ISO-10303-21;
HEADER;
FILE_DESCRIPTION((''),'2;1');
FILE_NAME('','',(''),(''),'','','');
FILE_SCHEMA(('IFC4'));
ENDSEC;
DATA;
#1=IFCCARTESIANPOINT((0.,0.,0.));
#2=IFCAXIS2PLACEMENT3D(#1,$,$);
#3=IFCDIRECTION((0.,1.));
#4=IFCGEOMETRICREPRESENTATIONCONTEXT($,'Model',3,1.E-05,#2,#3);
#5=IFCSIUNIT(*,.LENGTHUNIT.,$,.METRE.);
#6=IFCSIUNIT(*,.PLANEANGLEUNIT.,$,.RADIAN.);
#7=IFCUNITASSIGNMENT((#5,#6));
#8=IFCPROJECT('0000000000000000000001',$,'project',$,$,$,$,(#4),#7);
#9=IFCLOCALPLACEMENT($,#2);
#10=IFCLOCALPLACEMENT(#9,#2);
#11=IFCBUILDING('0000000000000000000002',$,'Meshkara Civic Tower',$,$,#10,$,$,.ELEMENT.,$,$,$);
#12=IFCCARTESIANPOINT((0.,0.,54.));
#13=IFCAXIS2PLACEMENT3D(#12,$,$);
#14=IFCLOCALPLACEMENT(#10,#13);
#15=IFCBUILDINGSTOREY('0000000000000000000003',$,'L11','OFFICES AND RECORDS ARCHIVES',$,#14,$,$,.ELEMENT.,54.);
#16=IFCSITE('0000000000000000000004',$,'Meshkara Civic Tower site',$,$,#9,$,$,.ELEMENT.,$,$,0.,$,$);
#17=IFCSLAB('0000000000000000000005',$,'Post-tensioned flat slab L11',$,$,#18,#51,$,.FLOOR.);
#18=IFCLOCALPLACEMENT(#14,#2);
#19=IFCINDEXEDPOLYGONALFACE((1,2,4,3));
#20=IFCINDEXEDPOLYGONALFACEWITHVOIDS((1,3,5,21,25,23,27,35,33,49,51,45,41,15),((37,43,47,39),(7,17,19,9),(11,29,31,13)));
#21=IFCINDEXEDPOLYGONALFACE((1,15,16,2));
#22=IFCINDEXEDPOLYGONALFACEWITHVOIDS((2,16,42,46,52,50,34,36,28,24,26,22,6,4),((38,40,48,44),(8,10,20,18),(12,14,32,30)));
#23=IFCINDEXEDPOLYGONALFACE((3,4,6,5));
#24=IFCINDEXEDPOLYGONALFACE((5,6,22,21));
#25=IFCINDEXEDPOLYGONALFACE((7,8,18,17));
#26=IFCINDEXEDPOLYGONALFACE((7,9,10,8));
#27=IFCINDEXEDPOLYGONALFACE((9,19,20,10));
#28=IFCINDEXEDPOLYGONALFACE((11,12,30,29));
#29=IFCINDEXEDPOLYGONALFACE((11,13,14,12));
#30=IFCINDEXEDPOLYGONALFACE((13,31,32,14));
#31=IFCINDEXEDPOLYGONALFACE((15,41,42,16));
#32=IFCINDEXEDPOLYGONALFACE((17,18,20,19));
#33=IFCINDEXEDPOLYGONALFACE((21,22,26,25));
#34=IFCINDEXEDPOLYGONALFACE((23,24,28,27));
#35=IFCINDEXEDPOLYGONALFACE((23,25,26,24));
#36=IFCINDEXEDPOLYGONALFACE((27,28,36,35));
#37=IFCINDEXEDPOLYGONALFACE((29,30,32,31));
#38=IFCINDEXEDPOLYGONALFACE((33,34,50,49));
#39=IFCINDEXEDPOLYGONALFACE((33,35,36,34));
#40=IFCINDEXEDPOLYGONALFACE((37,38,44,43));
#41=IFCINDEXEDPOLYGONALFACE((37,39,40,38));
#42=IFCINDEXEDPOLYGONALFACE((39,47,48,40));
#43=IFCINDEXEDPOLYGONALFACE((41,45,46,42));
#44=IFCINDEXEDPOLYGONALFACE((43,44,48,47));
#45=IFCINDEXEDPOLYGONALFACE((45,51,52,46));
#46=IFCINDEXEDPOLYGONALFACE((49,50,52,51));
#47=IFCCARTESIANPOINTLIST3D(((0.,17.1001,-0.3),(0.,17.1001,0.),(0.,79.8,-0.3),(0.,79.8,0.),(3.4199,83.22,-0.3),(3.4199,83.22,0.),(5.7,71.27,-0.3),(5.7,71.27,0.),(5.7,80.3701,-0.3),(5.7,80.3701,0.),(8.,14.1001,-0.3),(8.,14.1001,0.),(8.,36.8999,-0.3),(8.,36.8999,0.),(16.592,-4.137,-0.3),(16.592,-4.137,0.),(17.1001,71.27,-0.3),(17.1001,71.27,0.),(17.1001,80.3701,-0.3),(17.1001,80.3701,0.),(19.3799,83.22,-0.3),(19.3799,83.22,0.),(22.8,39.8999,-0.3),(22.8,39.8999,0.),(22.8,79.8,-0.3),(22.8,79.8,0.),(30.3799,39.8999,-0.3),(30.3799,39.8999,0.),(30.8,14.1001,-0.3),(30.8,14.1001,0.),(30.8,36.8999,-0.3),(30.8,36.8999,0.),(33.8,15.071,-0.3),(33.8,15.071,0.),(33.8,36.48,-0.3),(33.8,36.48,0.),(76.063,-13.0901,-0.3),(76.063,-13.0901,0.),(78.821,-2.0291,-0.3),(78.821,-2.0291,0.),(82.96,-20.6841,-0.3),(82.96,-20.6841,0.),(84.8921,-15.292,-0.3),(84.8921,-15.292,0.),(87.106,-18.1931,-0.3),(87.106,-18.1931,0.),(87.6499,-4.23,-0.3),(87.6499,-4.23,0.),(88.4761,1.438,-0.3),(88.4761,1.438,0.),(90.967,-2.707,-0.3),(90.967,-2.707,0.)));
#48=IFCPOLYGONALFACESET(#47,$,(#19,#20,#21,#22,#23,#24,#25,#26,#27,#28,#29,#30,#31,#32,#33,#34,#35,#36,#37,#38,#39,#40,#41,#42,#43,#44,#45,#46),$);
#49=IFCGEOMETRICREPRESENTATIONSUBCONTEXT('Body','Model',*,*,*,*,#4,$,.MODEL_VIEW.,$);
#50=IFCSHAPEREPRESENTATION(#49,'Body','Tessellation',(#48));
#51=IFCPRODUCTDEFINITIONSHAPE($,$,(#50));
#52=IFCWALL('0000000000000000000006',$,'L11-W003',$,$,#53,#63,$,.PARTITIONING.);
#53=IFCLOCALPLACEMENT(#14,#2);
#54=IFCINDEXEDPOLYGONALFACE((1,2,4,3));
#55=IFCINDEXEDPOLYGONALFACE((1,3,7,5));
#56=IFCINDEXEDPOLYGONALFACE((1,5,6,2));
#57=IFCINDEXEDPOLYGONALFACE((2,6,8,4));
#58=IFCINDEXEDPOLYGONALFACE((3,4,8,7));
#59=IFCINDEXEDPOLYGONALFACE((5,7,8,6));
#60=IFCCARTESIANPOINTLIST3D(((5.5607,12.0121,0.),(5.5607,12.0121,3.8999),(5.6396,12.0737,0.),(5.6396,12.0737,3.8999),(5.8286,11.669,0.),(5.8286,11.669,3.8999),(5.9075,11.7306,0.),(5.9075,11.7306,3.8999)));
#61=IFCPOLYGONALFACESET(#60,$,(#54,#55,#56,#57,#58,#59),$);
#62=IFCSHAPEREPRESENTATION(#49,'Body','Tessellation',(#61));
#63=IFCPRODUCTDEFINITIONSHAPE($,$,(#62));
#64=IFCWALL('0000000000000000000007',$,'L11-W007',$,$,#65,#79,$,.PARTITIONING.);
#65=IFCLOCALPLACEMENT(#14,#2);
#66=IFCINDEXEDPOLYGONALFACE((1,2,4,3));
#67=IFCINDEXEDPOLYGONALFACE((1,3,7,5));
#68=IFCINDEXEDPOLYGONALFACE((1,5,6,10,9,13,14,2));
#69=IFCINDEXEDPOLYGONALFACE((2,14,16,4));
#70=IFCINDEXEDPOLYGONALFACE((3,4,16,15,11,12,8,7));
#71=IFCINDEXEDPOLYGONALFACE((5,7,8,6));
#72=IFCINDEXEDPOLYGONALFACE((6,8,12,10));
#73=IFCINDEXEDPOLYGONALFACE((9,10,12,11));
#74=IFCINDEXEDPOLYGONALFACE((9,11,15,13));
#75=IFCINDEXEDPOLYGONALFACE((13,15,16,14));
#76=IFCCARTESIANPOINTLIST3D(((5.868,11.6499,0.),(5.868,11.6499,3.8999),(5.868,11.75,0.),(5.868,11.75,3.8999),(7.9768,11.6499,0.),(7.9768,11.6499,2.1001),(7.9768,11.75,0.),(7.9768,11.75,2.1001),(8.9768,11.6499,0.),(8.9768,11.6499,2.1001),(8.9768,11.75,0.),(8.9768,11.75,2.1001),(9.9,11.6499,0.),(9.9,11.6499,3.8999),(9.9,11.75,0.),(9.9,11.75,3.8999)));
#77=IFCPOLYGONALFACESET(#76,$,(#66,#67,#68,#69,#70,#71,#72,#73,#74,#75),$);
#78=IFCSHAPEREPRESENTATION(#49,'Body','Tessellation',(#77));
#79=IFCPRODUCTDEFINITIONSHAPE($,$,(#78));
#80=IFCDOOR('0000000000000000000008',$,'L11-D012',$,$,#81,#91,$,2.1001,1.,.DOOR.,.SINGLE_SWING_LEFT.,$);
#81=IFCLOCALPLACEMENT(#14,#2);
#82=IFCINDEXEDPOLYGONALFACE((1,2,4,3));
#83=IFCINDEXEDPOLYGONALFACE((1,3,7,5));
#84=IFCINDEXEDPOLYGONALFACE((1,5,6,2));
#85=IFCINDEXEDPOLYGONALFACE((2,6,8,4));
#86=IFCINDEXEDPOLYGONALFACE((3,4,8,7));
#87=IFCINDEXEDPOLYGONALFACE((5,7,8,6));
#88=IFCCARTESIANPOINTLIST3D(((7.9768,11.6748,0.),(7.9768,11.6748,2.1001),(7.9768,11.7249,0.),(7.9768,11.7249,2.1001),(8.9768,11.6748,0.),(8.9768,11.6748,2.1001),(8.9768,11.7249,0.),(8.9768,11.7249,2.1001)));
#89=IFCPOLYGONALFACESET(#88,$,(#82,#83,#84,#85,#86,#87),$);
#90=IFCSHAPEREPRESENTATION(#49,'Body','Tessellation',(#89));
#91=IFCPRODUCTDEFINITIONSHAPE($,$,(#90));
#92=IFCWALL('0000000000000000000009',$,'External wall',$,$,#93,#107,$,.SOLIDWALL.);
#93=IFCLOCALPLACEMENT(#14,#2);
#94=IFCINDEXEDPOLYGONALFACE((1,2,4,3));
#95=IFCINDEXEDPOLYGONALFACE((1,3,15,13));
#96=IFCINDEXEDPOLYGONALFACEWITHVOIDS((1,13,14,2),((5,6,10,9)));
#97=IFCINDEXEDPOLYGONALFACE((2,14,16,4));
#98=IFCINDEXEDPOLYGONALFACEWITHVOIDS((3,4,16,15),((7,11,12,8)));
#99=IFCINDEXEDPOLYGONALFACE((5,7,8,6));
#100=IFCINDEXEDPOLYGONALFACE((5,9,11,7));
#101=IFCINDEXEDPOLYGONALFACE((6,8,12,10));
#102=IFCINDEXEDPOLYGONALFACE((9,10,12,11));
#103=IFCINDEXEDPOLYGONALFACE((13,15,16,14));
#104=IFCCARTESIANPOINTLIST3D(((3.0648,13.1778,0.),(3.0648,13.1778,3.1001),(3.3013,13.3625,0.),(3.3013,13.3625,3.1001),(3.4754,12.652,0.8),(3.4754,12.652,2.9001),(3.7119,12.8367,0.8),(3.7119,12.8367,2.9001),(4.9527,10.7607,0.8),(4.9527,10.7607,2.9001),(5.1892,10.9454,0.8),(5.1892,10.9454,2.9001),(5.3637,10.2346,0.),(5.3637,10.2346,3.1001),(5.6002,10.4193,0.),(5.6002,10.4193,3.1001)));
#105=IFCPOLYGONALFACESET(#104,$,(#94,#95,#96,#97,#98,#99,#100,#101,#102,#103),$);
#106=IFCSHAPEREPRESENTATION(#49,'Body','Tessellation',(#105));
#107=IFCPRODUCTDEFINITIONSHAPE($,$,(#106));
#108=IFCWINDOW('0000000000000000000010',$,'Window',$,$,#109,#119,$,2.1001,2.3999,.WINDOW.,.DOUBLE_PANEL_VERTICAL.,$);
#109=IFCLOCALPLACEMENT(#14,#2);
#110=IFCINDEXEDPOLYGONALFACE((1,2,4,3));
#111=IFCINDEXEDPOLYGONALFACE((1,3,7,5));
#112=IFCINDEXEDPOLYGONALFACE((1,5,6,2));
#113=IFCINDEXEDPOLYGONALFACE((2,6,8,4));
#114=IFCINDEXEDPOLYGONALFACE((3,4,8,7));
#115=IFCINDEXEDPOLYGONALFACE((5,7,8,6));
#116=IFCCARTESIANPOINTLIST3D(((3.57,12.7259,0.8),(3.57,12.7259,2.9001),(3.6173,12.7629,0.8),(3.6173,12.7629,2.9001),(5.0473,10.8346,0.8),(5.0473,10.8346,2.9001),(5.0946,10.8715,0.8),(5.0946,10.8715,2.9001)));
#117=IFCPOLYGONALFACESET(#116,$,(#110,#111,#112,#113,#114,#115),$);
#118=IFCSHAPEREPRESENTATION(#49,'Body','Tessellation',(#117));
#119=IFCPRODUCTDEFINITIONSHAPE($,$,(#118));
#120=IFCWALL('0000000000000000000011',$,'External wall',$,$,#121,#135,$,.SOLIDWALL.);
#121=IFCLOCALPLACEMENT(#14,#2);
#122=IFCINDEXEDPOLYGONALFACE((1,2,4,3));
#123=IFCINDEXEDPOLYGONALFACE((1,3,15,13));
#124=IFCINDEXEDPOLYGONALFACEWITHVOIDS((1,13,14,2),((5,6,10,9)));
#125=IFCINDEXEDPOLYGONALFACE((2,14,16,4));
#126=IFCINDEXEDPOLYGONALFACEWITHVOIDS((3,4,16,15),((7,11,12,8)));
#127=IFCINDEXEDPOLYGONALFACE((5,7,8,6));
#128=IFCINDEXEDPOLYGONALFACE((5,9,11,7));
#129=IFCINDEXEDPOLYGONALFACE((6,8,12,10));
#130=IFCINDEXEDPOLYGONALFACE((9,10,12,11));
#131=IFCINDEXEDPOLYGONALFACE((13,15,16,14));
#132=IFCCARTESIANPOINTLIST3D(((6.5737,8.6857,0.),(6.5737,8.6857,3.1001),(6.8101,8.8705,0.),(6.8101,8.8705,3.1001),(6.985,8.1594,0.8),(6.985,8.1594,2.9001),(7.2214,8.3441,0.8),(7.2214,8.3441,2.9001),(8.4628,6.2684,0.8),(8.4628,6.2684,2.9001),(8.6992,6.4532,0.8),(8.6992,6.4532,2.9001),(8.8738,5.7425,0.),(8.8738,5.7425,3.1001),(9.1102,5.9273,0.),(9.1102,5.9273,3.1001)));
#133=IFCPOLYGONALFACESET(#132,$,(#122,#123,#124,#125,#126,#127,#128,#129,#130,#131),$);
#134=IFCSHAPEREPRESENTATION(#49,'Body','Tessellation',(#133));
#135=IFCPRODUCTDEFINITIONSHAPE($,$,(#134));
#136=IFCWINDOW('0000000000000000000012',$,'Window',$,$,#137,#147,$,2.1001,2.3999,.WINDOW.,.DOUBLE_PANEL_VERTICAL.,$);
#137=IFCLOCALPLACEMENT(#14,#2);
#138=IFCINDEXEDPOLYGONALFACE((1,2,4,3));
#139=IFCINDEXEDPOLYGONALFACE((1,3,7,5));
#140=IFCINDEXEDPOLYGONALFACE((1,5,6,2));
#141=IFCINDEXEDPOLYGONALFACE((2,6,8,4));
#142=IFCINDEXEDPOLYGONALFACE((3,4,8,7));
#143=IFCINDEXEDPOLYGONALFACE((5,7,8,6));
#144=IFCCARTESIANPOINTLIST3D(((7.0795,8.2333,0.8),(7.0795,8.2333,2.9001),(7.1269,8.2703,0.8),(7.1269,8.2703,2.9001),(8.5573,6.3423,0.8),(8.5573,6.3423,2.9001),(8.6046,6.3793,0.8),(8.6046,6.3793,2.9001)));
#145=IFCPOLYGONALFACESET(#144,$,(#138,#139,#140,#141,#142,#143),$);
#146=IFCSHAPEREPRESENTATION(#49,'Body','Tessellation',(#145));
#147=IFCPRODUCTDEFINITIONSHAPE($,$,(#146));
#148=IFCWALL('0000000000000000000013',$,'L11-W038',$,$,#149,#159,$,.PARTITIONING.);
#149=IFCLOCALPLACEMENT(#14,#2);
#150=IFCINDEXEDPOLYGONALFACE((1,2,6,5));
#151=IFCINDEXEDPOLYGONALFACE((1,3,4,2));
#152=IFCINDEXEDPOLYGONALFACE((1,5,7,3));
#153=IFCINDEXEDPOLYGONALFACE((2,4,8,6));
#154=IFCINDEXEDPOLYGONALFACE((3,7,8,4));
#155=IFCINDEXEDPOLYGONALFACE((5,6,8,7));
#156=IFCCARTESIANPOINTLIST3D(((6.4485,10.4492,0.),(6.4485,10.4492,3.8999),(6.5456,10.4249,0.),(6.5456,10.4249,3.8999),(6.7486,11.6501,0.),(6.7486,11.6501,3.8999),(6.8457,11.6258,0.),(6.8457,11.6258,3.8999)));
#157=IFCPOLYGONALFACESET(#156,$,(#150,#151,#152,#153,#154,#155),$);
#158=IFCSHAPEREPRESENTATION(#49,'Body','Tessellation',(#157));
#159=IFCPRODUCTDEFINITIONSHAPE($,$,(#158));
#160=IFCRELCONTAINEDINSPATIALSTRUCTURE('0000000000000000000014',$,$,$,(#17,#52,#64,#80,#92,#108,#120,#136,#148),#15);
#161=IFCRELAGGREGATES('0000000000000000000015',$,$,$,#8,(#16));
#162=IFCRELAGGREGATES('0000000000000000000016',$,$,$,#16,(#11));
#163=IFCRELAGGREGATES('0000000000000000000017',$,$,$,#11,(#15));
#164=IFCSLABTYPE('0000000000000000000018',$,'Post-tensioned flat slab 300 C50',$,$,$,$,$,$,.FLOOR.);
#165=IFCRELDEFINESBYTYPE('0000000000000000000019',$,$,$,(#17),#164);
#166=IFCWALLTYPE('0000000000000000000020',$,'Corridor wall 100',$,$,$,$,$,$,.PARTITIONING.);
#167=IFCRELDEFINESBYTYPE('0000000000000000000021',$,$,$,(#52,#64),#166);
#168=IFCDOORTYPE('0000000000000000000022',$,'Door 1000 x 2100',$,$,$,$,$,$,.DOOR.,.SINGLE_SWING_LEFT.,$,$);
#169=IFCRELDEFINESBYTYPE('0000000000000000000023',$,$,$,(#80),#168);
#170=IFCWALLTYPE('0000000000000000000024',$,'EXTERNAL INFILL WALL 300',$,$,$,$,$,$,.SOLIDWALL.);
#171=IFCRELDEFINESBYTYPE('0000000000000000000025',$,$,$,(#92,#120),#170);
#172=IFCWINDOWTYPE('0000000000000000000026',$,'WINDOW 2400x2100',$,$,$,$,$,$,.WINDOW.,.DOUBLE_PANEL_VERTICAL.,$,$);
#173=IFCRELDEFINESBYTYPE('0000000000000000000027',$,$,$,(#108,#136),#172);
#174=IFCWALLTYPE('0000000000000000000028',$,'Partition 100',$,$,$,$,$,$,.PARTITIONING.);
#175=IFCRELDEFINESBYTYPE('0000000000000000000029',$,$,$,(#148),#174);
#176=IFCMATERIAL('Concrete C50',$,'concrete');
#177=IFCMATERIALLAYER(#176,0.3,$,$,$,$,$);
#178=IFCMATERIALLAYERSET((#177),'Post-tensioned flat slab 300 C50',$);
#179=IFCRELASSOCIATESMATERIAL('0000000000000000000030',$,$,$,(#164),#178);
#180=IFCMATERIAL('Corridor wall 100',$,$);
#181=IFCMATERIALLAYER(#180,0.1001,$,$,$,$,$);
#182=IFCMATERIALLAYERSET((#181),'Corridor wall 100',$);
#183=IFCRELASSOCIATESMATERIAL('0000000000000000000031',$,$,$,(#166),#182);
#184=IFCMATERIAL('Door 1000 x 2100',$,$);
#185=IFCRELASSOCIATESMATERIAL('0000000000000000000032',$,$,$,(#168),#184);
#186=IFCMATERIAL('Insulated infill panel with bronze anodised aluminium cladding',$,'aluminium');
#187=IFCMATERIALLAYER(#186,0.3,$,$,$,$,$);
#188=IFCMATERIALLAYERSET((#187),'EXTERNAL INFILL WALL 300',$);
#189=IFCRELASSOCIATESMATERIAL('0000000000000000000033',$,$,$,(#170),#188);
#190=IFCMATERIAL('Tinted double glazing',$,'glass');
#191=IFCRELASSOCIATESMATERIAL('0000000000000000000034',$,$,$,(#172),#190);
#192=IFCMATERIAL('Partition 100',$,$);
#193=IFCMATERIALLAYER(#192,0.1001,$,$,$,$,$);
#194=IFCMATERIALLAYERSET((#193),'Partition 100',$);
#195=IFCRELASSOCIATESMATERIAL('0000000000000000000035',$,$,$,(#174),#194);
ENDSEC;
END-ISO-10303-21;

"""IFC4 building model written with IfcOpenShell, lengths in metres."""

from ifc_helpers import new_model, si_unit, direction, frame, frame_2d, origin, place, context, subcontext, project, spatial, polyline, rectangle, outline, extrude, material, layer, layer_set, type_object, element, fill, save


model = new_model("IFC4")

# Units and contexts
model_context = context("Model", 3, precision=1e-05, world=origin(), true_north=direction((0.0, 1.0)))
body_context = subcontext(model_context, "Body", "Model", "MODEL_VIEW")
ifc_project = project(units=[si_unit("LENGTHUNIT", "METRE"), si_unit("PLANEANGLEUNIT", "RADIAN")], contexts=[model_context])

# Site, building, storey
site_placement = place(None, origin())
site = spatial("IfcSite", under=ifc_project, at=site_placement, Name="Meshkara Civic Tower site", CompositionType="ELEMENT", RefElevation=0.0)
building_placement = place(site_placement, origin())
building = spatial("IfcBuilding", under=site, at=building_placement, Name="Meshkara Civic Tower", CompositionType="ELEMENT")
storey_placement = place(building_placement, frame((0.0, 0.0, 54.0)))
storey = spatial("IfcBuildingStorey", under=building, at=storey_placement, Name="L11", Description="OFFICES AND RECORDS ARCHIVES", CompositionType="ELEMENT", Elevation=54.0)

# Slab
ifc_material_1 = material(Name="Concrete C50", Category="concrete")
ifc_layer_1 = layer(ifc_material_1, 0.3)
ifc_layer_set_1 = layer_set([ifc_layer_1], Name="Post-tensioned flat slab 300 C50")
slab_type_1 = type_object("IfcSlabType", Name="Post-tensioned flat slab 300 C50", PredefinedType="FLOOR", material=ifc_layer_set_1)
slab_1_placement = place(storey_placement, frame((0.0, 0.0, -0.3)))
element("IfcSlab", 1, at=slab_1_placement, inside=storey, type_object=slab_type_1, Name="Post-tensioned flat slab L11", PredefinedType="FLOOR", context=body_context, shape_type="SweptSolid", body=[
    extrude(outline(polyline([(87.106, -18.1931), (82.96, -20.6841), (16.592, -4.137), (0.0, 17.1001), (0.0, 79.8), (3.4199, 83.22), (19.3799, 83.22), (22.8, 79.8), (22.8, 39.8999), (30.3799, 39.8999), (33.8, 36.48), (33.8, 15.071), (88.4761, 1.438), (90.967, -2.707), (87.106, -18.1931)]), holes=[polyline([(84.8921, -15.292), (87.6499, -4.23), (78.821, -2.0291), (76.063, -13.0901), (84.8921, -15.292)]), polyline([(8.0, 14.1001), (30.8, 14.1001), (30.8, 36.8999), (8.0, 36.8999), (8.0, 14.1001)]), polyline([(5.7, 80.3701), (5.7, 71.27), (17.1001, 71.27), (17.1001, 80.3701), (5.7, 80.3701)])]), origin(), (0.0, 0.0, 1.0), 0.3),
])

# Wall
ifc_material_2 = material(Name="Corridor wall 100")
ifc_layer_2 = layer(ifc_material_2, 0.1001)
ifc_layer_set_2 = layer_set([ifc_layer_2], Name="Corridor wall 100")
wall_type_1 = type_object("IfcWallType", Name="Corridor wall 100", PredefinedType="PARTITIONING", material=ifc_layer_set_2)
wall_1_placement = place(storey_placement, frame((5.6001, 12.043, 0.0), z_axis=(0.0, 0.0, 1.0), x_axis=(0.615415, -0.788203, 0.0)))
element("IfcWall", 2, at=wall_1_placement, inside=storey, type_object=wall_type_1, Name="L11-W003", PredefinedType="PARTITIONING", context=body_context, shape_type="SweptSolid", body=[
    extrude(rectangle(XDim=0.4353, YDim=0.1001, at=frame_2d((0.2178, 0.0))), origin(), (0.0, 0.0, 1.0), 3.8999),
])

# Wall, opening, door
wall_2_placement = place(storey_placement, frame((5.8679, 11.7, 0.0), z_axis=(0.0, 0.0, 1.0), x_axis=(1.0, 0.0, 0.0)))
wall_2 = element("IfcWall", 3, at=wall_2_placement, inside=storey, type_object=wall_type_1, Name="L11-W007", PredefinedType="PARTITIONING", context=body_context, shape_type="SweptSolid", body=[
    extrude(rectangle(XDim=4.032, YDim=0.1001, at=frame_2d((2.0161, 0.0))), origin(), (0.0, 0.0, 1.0), 3.8999),
])
opening_1_placement = place(wall_2_placement, frame((2.1089, 0.0, 0.0)))
opening_1 = element("IfcOpeningElement", 4, at=opening_1_placement, cuts=wall_2, PredefinedType="OPENING", context=body_context, shape_type="SweptSolid", body=[
    extrude(rectangle(XDim=1.0, YDim=2.1001, at=frame_2d((0.5, 1.05))), frame((0.0, 0.0601, 0.0), z_axis=(0.0, -1.0, 0.0), x_axis=(1.0, 0.0, 0.0)), (0.0, 0.0, 1.0), 0.1201),
])
ifc_material_3 = material(Name="Door 1000 x 2100")
door_type = type_object("IfcDoorType", Name="Door 1000 x 2100", OperationType="SINGLE_SWING_LEFT", PredefinedType="DOOR", material=ifc_material_3)
door_placement = place(opening_1_placement, origin())
door = element("IfcDoor", 5, at=door_placement, inside=storey, type_object=door_type, Name="L11-D012", OperationType="SINGLE_SWING_LEFT", OverallHeight=2.1001, OverallWidth=1.0, PredefinedType="DOOR", context=body_context, shape_type="SweptSolid", body=[
    extrude(rectangle(XDim=1.0, YDim=2.1001, at=frame_2d((0.5, 1.05))), frame((0.0, 0.0249, 0.0), z_axis=(0.0, -1.0, 0.0), x_axis=(1.0, 0.0, 0.0)), (0.0, 0.0, 1.0), 0.05),
])
fill(opening_1, door)

# Walls, openings, windows
ifc_material_4 = material(Name="Insulated infill panel with bronze anodised aluminium cladding", Category="aluminium")
ifc_layer_3 = layer(ifc_material_4, 0.3)
ifc_layer_set_3 = layer_set([ifc_layer_3], Name="EXTERNAL INFILL WALL 300")
wall_type_2 = type_object("IfcWallType", Name="EXTERNAL INFILL WALL 300", PredefinedType="SOLIDWALL", material=ifc_layer_set_3)
wall_3_placement = place(storey_placement, frame((3.1831, 13.27, 0.0), z_axis=(0.0, 0.0, 1.0), x_axis=(0.615564, -0.788087, 0.0)))
wall_3 = element("IfcWall", 6, at=wall_3_placement, inside=storey, type_object=wall_type_2, Name="External wall", PredefinedType="SOLIDWALL", context=body_context, shape_type="SweptSolid", body=[
    extrude(rectangle(XDim=3.7346, YDim=0.3, at=frame_2d((1.8672, 0.0))), origin(), (0.0, 0.0, 1.0), 3.1001),
])
opening_2_placement = place(wall_3_placement, frame((0.667, 0.0, 0.8)))
opening_2 = element("IfcOpeningElement", 7, at=opening_2_placement, cuts=wall_3, PredefinedType="OPENING", context=body_context, shape_type="SweptSolid", body=[
    extrude(rectangle(XDim=2.3999, YDim=2.1001, at=frame_2d((1.2, 1.05))), frame((0.0, 0.1599, 0.0), z_axis=(0.0, -1.0, 0.0), x_axis=(1.0, 0.0, 0.0)), (0.0, 0.0, 1.0), 0.3201),
])
ifc_material_5 = material(Name="Tinted double glazing", Category="glass")
window_type = type_object("IfcWindowType", Name="WINDOW 2400x2100", PartitioningType="DOUBLE_PANEL_VERTICAL", PredefinedType="WINDOW", material=ifc_material_5)
window_1_placement = place(opening_2_placement, origin())
window_1 = element("IfcWindow", 8, at=window_1_placement, inside=storey, type_object=window_type, Name="Window", OverallHeight=2.1001, OverallWidth=2.3999, PartitioningType="DOUBLE_PANEL_VERTICAL", PredefinedType="WINDOW", context=body_context, shape_type="SweptSolid", body=[
    extrude(rectangle(XDim=2.3999, YDim=2.1001, at=frame_2d((1.2, 1.05))), frame((0.0, 0.03, 0.0), z_axis=(0.0, -1.0, 0.0), x_axis=(1.0, 0.0, 0.0)), (0.0, 0.0, 1.0), 0.0601),
])
fill(opening_2, window_1)
wall_4_placement = place(storey_placement, frame((6.6919, 8.7781, 0.0), z_axis=(0.0, 0.0, 1.0), x_axis=(0.615767, -0.787928, 0.0)))
wall_4 = element("IfcWall", 9, at=wall_4_placement, inside=storey, type_object=wall_type_2, Name="External wall", PredefinedType="SOLIDWALL", context=body_context, shape_type="SweptSolid", body=[
    extrude(rectangle(XDim=3.7354, YDim=0.3, at=frame_2d((1.8677, 0.0))), origin(), (0.0, 0.0, 1.0), 3.1001),
])
opening_3_placement = place(wall_4_placement, frame((0.668, 0.0, 0.8)))
opening_3 = element("IfcOpeningElement", 10, at=opening_3_placement, cuts=wall_4, PredefinedType="OPENING", context=body_context, shape_type="SweptSolid", body=[
    extrude(rectangle(XDim=2.3999, YDim=2.1001, at=frame_2d((1.2, 1.05))), frame((0.0, 0.1599, 0.0), z_axis=(0.0, -1.0, 0.0), x_axis=(1.0, 0.0, 0.0)), (0.0, 0.0, 1.0), 0.3201),
])
window_2_placement = place(opening_3_placement, origin())
window_2 = element("IfcWindow", 11, at=window_2_placement, inside=storey, type_object=window_type, Name="Window", OverallHeight=2.1001, OverallWidth=2.3999, PartitioningType="DOUBLE_PANEL_VERTICAL", PredefinedType="WINDOW", context=body_context, shape_type="SweptSolid", body=[
    extrude(rectangle(XDim=2.3999, YDim=2.1001, at=frame_2d((1.2, 1.05))), frame((0.0, 0.03, 0.0), z_axis=(0.0, -1.0, 0.0), x_axis=(1.0, 0.0, 0.0)), (0.0, 0.0, 1.0), 0.0601),
])
fill(opening_3, window_2)

# Wall
ifc_material_6 = material(Name="Partition 100")
ifc_layer_4 = layer(ifc_material_6, 0.1001)
ifc_layer_set_4 = layer_set([ifc_layer_4], Name="Partition 100")
wall_type_3 = type_object("IfcWallType", Name="Partition 100", PredefinedType="PARTITIONING", material=ifc_layer_set_4)
wall_5_placement = place(storey_placement, frame((6.7971, 11.6379, 0.0), z_axis=(0.0, 0.0, 1.0), x_axis=(-0.242396, -0.970177, 0.0)))
element("IfcWall", 12, at=wall_5_placement, inside=storey, type_object=wall_type_3, Name="L11-W038", PredefinedType="PARTITIONING", context=body_context, shape_type="SweptSolid", body=[
    extrude(rectangle(XDim=1.2378, YDim=0.1001, at=frame_2d((0.6189, 0.0))), origin(), (0.0, 0.0, 1.0), 3.8999),
])

save(model, "model.ifc")
